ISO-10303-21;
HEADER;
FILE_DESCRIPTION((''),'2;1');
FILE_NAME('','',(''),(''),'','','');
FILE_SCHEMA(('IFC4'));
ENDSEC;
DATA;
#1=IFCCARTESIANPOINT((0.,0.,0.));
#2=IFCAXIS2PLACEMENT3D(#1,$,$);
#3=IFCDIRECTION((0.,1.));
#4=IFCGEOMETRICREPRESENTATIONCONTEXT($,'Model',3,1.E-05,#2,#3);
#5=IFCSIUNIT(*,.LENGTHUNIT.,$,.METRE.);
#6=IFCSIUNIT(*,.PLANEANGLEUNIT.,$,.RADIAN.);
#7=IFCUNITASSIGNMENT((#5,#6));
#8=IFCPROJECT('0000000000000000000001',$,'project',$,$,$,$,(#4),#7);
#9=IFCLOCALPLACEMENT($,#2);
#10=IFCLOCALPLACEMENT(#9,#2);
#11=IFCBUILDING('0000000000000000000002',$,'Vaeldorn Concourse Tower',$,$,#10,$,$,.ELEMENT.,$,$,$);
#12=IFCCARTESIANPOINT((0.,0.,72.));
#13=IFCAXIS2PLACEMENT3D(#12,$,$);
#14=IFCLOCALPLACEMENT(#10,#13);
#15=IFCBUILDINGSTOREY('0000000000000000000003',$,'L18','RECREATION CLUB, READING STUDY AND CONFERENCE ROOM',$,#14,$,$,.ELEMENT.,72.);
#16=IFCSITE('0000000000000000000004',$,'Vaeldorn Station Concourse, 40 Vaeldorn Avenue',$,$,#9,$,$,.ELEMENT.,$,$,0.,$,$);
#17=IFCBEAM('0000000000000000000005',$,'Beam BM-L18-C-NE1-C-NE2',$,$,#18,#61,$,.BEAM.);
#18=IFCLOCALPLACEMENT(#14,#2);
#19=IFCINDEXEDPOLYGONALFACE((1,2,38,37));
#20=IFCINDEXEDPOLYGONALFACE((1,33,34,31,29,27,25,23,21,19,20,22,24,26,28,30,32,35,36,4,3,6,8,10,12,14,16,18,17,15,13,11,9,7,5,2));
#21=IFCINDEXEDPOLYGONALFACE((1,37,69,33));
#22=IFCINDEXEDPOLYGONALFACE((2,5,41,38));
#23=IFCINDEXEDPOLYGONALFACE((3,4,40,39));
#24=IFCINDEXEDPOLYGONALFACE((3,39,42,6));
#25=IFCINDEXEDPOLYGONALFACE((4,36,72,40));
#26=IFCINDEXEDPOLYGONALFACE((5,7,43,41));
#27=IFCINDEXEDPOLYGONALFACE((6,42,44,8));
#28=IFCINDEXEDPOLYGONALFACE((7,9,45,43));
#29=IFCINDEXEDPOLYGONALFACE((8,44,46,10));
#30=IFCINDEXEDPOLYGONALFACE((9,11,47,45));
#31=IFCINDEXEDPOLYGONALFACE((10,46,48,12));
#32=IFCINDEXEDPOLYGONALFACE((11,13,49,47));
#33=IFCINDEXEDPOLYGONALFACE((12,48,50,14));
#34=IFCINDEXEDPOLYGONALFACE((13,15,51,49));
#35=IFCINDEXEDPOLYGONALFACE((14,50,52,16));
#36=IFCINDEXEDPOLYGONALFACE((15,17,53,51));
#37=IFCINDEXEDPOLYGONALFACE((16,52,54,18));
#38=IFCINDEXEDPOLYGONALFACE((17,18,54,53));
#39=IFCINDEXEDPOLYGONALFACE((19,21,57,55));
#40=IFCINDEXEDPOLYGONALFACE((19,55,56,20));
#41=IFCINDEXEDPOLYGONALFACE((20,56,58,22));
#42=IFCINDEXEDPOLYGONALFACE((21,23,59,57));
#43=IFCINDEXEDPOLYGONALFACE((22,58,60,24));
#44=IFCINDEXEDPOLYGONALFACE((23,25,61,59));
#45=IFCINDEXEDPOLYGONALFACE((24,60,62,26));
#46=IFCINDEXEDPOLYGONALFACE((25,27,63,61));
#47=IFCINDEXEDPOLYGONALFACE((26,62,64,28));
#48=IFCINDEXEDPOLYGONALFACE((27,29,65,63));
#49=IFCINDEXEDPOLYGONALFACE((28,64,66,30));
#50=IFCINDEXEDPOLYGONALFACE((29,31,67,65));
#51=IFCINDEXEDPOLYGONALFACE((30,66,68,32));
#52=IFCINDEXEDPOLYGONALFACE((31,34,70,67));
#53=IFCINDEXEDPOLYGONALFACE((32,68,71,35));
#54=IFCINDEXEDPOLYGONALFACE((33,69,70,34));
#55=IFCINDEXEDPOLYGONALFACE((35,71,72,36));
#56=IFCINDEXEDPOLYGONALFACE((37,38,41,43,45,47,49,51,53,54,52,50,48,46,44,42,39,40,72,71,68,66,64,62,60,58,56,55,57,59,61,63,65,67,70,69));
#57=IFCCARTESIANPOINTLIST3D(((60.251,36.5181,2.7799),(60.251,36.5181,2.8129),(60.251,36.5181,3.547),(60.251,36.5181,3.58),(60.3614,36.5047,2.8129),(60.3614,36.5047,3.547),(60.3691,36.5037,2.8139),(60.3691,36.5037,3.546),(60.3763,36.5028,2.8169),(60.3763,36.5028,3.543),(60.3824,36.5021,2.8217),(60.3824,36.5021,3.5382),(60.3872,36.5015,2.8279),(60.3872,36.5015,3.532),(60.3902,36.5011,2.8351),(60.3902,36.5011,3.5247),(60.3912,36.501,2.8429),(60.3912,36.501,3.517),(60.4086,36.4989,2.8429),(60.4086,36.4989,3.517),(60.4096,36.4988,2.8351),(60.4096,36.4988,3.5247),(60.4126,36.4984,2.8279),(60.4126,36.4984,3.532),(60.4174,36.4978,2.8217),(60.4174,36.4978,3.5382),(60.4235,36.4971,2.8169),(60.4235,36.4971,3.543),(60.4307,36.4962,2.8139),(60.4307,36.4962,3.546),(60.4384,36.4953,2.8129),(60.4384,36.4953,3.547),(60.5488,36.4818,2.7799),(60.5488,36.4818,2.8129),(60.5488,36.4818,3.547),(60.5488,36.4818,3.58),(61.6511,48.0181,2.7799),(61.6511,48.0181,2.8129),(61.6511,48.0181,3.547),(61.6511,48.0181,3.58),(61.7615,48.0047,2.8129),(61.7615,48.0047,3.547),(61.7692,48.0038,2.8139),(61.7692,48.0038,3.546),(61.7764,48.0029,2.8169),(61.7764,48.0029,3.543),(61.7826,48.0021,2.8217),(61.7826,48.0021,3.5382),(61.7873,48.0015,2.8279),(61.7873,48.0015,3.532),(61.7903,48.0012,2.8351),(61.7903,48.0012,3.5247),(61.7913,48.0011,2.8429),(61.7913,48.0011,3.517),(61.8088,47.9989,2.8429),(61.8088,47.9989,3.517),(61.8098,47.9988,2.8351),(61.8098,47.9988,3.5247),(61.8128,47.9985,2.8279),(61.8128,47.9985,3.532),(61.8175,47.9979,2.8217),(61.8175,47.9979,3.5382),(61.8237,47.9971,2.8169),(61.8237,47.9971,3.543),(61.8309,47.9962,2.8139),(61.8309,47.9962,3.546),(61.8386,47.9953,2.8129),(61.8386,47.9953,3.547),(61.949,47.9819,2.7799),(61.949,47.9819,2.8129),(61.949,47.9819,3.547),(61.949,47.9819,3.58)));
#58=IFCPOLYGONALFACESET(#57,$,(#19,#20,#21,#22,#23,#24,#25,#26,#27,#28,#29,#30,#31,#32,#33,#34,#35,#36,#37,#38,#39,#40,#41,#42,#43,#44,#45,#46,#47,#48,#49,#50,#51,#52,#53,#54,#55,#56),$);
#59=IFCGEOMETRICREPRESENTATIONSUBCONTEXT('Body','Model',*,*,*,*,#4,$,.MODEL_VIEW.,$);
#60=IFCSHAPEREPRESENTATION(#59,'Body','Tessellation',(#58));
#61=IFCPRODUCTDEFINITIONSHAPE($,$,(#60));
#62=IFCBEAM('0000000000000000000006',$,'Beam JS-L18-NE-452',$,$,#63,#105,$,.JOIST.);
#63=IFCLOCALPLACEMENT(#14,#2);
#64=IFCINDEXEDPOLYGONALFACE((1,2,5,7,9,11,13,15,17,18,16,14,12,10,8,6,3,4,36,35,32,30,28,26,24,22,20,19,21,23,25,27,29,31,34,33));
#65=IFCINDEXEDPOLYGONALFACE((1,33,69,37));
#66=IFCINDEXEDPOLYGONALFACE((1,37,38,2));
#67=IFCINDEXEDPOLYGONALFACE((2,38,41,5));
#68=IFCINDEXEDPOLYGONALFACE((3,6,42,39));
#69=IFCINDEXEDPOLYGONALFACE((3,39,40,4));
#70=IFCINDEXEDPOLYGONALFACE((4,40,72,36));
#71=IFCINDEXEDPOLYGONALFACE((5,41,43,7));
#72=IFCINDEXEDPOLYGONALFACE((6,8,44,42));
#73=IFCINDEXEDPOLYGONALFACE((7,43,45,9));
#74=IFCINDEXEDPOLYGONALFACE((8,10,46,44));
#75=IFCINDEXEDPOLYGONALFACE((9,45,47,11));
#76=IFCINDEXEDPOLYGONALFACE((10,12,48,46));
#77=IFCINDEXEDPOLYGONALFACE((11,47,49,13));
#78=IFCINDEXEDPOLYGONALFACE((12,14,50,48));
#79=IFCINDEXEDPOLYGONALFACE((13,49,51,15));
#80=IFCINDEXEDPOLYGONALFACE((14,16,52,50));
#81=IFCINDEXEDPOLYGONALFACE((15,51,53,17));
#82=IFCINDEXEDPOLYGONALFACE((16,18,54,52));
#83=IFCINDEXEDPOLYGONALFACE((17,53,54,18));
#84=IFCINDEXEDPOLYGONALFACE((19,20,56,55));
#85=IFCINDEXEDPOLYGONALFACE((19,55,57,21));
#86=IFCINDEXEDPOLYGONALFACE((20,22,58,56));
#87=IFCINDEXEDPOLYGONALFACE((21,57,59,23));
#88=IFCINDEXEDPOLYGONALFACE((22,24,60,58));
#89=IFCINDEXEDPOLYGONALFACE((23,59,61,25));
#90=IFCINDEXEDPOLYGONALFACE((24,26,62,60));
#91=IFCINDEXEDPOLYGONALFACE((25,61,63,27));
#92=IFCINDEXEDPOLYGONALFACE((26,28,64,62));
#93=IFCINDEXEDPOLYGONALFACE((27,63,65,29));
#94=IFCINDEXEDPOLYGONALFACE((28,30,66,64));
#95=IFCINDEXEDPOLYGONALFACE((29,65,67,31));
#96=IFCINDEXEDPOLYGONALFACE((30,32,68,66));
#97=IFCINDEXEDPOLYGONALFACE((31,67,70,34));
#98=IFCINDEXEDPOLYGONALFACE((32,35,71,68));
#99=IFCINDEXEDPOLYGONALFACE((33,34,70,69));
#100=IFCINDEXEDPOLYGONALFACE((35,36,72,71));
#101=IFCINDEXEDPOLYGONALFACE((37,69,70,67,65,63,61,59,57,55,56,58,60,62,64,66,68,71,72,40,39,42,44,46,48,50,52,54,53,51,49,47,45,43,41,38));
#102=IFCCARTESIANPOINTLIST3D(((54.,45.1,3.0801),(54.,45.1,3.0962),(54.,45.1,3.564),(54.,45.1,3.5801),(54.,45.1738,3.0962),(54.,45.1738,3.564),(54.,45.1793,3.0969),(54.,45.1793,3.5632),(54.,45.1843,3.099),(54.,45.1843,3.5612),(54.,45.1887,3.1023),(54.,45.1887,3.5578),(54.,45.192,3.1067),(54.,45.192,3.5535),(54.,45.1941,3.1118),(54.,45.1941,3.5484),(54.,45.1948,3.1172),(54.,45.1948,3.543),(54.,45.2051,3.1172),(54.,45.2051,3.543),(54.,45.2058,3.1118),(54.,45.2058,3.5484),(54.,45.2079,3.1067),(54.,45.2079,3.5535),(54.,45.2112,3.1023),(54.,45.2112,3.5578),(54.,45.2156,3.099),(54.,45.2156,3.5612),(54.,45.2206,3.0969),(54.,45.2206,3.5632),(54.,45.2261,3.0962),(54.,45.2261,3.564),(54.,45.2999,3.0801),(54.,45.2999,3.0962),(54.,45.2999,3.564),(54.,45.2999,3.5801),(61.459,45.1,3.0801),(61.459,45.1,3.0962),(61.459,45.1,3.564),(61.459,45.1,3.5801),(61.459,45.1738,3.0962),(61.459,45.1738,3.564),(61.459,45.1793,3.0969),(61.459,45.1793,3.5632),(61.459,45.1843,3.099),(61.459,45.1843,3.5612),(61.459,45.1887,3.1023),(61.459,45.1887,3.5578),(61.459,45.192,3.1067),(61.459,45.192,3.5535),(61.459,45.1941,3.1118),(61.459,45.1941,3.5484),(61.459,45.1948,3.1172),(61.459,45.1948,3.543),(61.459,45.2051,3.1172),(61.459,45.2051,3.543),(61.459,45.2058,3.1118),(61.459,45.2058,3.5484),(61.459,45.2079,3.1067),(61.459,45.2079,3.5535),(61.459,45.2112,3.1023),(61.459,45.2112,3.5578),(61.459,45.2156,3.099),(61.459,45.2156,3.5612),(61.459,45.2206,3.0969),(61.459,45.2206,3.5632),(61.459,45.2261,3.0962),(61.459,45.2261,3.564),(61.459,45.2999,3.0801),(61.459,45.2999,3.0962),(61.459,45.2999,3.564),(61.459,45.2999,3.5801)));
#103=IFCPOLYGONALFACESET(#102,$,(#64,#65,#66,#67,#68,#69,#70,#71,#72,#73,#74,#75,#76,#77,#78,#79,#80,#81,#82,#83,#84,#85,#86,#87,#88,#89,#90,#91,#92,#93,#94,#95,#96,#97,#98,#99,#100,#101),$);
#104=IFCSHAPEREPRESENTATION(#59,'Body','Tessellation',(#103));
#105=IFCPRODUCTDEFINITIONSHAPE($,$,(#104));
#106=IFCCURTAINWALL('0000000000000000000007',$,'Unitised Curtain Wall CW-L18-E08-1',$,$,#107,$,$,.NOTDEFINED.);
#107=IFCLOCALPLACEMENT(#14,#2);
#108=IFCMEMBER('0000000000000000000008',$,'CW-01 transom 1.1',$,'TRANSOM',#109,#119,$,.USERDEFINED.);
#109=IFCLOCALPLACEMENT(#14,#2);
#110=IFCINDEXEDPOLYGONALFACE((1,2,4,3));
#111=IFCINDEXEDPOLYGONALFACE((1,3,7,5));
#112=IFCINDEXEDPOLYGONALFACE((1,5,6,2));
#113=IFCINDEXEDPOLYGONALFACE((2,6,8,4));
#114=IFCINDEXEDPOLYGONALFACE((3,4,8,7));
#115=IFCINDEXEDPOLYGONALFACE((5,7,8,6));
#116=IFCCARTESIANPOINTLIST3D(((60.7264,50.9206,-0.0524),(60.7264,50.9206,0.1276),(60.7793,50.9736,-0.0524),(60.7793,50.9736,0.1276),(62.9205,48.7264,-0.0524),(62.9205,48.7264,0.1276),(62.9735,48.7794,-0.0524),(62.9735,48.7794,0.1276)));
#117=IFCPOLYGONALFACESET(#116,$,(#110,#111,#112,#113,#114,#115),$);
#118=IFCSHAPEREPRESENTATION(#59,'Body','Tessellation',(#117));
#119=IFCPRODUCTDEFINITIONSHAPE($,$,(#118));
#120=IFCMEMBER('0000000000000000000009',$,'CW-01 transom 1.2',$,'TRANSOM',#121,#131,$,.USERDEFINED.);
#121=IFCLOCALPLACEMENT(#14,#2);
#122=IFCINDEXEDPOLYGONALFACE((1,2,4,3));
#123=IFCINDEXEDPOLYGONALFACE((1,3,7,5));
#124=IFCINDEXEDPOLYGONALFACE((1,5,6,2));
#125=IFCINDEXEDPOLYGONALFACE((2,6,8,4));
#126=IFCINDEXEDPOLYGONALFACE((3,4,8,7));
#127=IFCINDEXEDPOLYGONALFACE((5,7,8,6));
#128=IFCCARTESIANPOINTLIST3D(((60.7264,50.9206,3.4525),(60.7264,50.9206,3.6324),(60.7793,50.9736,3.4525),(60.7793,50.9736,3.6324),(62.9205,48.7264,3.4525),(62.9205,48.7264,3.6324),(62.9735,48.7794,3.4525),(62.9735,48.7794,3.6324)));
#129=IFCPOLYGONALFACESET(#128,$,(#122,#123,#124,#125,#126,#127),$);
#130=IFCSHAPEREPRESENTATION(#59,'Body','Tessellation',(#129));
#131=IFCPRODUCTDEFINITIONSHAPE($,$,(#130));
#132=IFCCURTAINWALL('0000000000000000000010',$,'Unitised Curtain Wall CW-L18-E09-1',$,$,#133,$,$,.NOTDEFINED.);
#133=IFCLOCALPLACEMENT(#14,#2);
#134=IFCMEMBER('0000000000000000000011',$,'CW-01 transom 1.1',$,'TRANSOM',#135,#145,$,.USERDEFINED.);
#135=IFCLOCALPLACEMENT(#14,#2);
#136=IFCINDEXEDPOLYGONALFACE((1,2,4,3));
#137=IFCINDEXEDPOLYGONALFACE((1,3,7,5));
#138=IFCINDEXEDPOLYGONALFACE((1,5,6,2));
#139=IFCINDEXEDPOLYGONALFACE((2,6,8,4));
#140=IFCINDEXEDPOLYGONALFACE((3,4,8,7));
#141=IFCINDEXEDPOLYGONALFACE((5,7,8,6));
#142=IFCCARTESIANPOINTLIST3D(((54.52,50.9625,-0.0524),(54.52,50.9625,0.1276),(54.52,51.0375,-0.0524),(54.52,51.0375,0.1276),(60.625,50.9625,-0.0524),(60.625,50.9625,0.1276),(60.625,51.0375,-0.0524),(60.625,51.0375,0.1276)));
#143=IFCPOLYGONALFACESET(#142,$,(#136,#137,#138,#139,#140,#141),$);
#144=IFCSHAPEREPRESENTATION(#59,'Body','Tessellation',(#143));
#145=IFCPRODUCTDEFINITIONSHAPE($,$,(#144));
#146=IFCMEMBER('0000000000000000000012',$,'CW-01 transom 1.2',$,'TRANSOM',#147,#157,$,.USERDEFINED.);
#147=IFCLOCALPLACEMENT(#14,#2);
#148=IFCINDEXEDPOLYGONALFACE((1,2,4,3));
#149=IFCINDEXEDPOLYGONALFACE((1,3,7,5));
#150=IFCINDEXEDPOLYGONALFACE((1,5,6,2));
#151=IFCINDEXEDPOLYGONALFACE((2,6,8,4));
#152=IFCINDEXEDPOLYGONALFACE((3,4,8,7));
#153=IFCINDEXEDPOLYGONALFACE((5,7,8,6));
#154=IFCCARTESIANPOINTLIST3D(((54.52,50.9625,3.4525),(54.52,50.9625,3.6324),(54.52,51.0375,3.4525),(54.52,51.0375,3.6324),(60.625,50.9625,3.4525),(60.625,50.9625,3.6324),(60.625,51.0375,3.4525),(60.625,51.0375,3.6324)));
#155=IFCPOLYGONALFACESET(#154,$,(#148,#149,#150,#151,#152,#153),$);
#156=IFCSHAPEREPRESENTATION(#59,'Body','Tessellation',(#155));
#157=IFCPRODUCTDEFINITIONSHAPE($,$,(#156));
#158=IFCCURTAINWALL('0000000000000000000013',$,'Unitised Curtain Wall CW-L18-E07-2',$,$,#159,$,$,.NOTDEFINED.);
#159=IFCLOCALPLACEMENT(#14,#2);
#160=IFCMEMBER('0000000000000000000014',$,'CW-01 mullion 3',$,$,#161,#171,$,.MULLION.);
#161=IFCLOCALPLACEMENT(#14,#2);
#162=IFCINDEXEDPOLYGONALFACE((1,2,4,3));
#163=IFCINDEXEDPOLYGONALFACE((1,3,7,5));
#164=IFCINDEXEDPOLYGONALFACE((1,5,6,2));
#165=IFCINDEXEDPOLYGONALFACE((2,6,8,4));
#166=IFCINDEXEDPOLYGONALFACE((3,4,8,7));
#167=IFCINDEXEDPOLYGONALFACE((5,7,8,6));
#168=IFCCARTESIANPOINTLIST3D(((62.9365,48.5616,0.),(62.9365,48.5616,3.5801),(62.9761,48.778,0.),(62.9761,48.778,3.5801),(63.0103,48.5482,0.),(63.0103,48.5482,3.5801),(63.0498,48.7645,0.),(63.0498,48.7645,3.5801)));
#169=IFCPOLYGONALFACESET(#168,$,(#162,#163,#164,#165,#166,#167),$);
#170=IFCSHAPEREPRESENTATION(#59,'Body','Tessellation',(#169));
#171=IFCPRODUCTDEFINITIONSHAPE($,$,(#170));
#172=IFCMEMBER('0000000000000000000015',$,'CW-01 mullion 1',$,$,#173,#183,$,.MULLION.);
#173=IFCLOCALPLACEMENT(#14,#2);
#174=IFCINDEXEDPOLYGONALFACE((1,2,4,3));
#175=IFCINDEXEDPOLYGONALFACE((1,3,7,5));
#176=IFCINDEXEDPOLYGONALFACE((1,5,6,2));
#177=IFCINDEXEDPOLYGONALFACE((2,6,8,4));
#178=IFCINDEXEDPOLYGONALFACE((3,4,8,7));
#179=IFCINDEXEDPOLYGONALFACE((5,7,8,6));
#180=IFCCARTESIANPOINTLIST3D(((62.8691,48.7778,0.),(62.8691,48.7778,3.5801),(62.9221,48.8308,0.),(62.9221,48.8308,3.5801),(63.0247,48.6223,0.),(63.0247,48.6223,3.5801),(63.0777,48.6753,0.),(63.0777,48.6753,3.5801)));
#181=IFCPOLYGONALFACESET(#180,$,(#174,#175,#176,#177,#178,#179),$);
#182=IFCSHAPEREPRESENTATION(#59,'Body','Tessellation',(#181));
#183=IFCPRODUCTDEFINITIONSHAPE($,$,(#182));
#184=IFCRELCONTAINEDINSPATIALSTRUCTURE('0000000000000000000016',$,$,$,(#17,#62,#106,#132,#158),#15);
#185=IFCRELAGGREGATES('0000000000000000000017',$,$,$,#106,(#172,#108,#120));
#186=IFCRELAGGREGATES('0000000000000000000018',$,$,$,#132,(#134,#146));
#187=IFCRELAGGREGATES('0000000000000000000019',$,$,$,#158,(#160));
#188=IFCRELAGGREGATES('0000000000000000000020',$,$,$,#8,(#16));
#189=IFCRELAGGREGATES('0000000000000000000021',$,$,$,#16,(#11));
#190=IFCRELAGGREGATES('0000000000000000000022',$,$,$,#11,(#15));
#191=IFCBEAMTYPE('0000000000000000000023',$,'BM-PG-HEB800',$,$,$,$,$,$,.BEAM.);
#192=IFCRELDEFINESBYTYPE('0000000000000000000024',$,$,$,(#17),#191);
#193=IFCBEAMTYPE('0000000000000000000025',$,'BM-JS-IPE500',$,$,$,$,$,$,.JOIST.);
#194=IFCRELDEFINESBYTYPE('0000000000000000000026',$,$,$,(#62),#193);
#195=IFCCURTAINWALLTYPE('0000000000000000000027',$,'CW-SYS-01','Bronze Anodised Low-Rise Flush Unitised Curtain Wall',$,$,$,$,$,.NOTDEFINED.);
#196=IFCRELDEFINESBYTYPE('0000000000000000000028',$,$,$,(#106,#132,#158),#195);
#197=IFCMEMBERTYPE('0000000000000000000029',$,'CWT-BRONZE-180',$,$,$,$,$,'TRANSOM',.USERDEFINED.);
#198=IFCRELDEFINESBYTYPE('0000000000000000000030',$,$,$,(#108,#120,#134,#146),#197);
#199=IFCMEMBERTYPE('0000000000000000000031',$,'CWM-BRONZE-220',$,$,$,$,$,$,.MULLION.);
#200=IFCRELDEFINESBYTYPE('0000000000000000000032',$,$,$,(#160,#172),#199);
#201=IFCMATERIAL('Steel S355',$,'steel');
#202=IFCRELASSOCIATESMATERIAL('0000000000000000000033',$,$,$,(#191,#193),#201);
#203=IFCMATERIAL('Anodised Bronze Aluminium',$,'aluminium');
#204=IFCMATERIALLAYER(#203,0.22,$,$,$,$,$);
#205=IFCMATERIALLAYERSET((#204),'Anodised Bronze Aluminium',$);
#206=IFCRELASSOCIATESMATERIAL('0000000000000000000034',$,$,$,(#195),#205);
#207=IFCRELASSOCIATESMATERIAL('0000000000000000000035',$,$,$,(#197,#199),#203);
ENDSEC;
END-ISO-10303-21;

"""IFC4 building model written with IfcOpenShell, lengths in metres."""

from ifc_helpers import new_model, si_unit, direction, frame, origin, origin_2d, place, context, subcontext, project, spatial, rectangle, i_section, extrude, source, transform, mapped, material, layer, layer_set, material_profile, profile_set, type_object, element, aggregate, save


model = new_model("IFC4")

# Units and contexts
model_context = context("Model", 3, precision=1e-05, world=origin(), true_north=direction((0.0, 1.0)))
body_context = subcontext(model_context, "Body", "Model", "MODEL_VIEW")
ifc_project = project(units=[si_unit("LENGTHUNIT", "METRE"), si_unit("PLANEANGLEUNIT", "RADIAN")], contexts=[model_context])

# Site, building, storey
site_placement = place(None, origin())
site = spatial("IfcSite", under=ifc_project, at=site_placement, Name="Vaeldorn Station Concourse, 40 Vaeldorn Avenue", CompositionType="ELEMENT", RefElevation=0.0)
building_placement = place(site_placement, origin())
building = spatial("IfcBuilding", under=site, at=building_placement, Name="Vaeldorn Concourse Tower", CompositionType="ELEMENT")
storey_placement = place(building_placement, frame((0.0, 0.0, 72.0)))
storey = spatial("IfcBuildingStorey", under=building, at=storey_placement, Name="L18", Description="RECREATION CLUB, READING STUDY AND CONFERENCE ROOM", CompositionType="ELEMENT", Elevation=72.0)

# Beams
ifc_material_1 = material(Name="Steel S355", Category="steel")
ifc_material_profile_1 = material_profile(ifc_material_1, i_section(OverallWidth=0.3, OverallDepth=0.8, WebThickness=0.0176, FlangeThickness=0.033, FilletRadius=0.03, at=origin_2d()), Name="HEB 800")
ifc_profile_set_1 = profile_set([ifc_material_profile_1], Name="Steel S355")
beam_type_1 = type_object("IfcBeamType", Name="BM-PG-HEB800", PredefinedType="BEAM", material=ifc_profile_set_1)
shared_shape_1 = source(origin(), body_context, "Body", "SweptSolid", [
    extrude(i_section(OverallWidth=0.3, OverallDepth=0.8, WebThickness=0.0176, FlangeThickness=0.033, FilletRadius=0.03, at=origin_2d()), origin(), (0.0, 0.0, 1.0), 11.585),
])
beam_1_placement = place(storey_placement, frame((61.8, 48.0, 3.1799), z_axis=(-0.120859, -0.99267, 0.0), x_axis=(0.99267, -0.120859, 0.0)))
element("IfcBeam", 1, at=beam_1_placement, inside=storey, type_object=beam_type_1, Name="Beam BM-L18-C-NE1-C-NE2", PredefinedType="BEAM", context=body_context, shape_type="MappedRepresentation", body=[
    mapped(shared_shape_1, transform((0.0, 0.0, 0.0), scale=1.0)),
])
ifc_material_profile_2 = material_profile(ifc_material_1, i_section(OverallWidth=0.2, OverallDepth=0.5, WebThickness=0.0103, FlangeThickness=0.0161, FilletRadius=0.021, at=origin_2d()), Name="IPE 500")
ifc_profile_set_2 = profile_set([ifc_material_profile_2], Name="Steel S355")
beam_type_2 = type_object("IfcBeamType", Name="BM-JS-IPE500", PredefinedType="JOIST", material=ifc_profile_set_2)
shared_shape_2 = source(origin(), body_context, "Body", "SweptSolid", [
    extrude(i_section(OverallWidth=0.2, OverallDepth=0.5, WebThickness=0.0103, FlangeThickness=0.0161, FilletRadius=0.021, at=origin_2d()), origin(), (0.0, 0.0, 1.0), 7.459),
])
beam_2_placement = place(storey_placement, frame((54.0, 45.2, 3.3301), z_axis=(1.0, 0.0, 0.0), x_axis=(0.0, 1.0, 0.0)))
element("IfcBeam", 2, at=beam_2_placement, inside=storey, type_object=beam_type_2, Name="Beam JS-L18-NE-452", PredefinedType="JOIST", context=body_context, shape_type="MappedRepresentation", body=[
    mapped(shared_shape_2, transform((0.0, 0.0, 0.0), scale=1.0)),
])

# Curtain walls, members
ifc_material_2 = material(Name="Anodised Bronze Aluminium", Category="aluminium")
ifc_layer_1 = layer(ifc_material_2, 0.22)
ifc_layer_set_1 = layer_set([ifc_layer_1], Name="Anodised Bronze Aluminium")
curtain_wall_type = type_object("IfcCurtainWallType", Name="CW-SYS-01", Description="Bronze Anodised Low-Rise Flush Unitised Curtain Wall", PredefinedType="NOTDEFINED", material=ifc_layer_set_1)
curtain_wall_1_placement = place(storey_placement, origin())
curtain_wall_1 = element("IfcCurtainWall", 3, at=curtain_wall_1_placement, inside=storey, type_object=curtain_wall_type, Name="Unitised Curtain Wall CW-L18-E08-1", PredefinedType="NOTDEFINED")
ifc_material_profile_3 = material_profile(ifc_material_2, rectangle(XDim=0.075, YDim=0.1799, at=origin_2d()), Name="CWT 75x180")
ifc_profile_set_3 = profile_set([ifc_material_profile_3], Name="Anodised Bronze Aluminium")
member_type_1 = type_object("IfcMemberType", Name="CWT-BRONZE-180", ElementType="TRANSOM", PredefinedType="USERDEFINED", material=ifc_profile_set_3)
shared_shape_3 = source(origin(), body_context, "Body", "SweptSolid", [
    extrude(rectangle(XDim=0.075, YDim=0.1799, at=origin_2d()), origin(), (0.0, 0.0, 1.0), 3.103),
])
member_1_placement = place(storey_placement, frame((62.947, 48.7529, 0.0376), z_axis=(-0.707107, 0.707107, 0.0), x_axis=(-0.707107, -0.707107, 0.0)))
member_1 = element("IfcMember", 4, at=member_1_placement, type_object=member_type_1, Name="CW-01 transom 1.1", ObjectType="TRANSOM", PredefinedType="USERDEFINED", context=body_context, shape_type="MappedRepresentation", body=[
    mapped(shared_shape_3, transform((0.0, 0.0, 0.0), scale=1.0)),
])
member_2_placement = place(storey_placement, frame((62.947, 48.7529, 3.5425), z_axis=(-0.707107, 0.707107, 0.0), x_axis=(-0.707107, -0.707107, 0.0)))
member_2 = element("IfcMember", 5, at=member_2_placement, type_object=member_type_1, Name="CW-01 transom 1.2", ObjectType="TRANSOM", PredefinedType="USERDEFINED", context=body_context, shape_type="MappedRepresentation", body=[
    mapped(shared_shape_3, transform((0.0, 0.0, 0.0), scale=1.0)),
])
curtain_wall_2_placement = place(storey_placement, origin())
curtain_wall_2 = element("IfcCurtainWall", 6, at=curtain_wall_2_placement, inside=storey, type_object=curtain_wall_type, Name="Unitised Curtain Wall CW-L18-E09-1", PredefinedType="NOTDEFINED")
shared_shape_4 = source(origin(), body_context, "Body", "SweptSolid", [
    extrude(rectangle(XDim=0.075, YDim=0.1799, at=origin_2d()), origin(), (0.0, 0.0, 1.0), 6.105),
])
member_3_placement = place(storey_placement, frame((60.625, 51.0, 0.0376), z_axis=(-1.0, 0.0, 0.0), x_axis=(0.0, -1.0, 0.0)))
member_3 = element("IfcMember", 7, at=member_3_placement, type_object=member_type_1, Name="CW-01 transom 1.1", ObjectType="TRANSOM", PredefinedType="USERDEFINED", context=body_context, shape_type="MappedRepresentation", body=[
    mapped(shared_shape_4, transform((0.0, 0.0, 0.0), scale=1.0)),
])
member_4_placement = place(storey_placement, frame((60.625, 51.0, 3.5425), z_axis=(-1.0, 0.0, 0.0), x_axis=(0.0, -1.0, 0.0)))
member_4 = element("IfcMember", 8, at=member_4_placement, type_object=member_type_1, Name="CW-01 transom 1.2", ObjectType="TRANSOM", PredefinedType="USERDEFINED", context=body_context, shape_type="MappedRepresentation", body=[
    mapped(shared_shape_4, transform((0.0, 0.0, 0.0), scale=1.0)),
])

# Curtain wall, member
curtain_wall_3_placement = place(storey_placement, origin())
curtain_wall_3 = element("IfcCurtainWall", 9, at=curtain_wall_3_placement, inside=storey, type_object=curtain_wall_type, Name="Unitised Curtain Wall CW-L18-E07-2", PredefinedType="NOTDEFINED")
ifc_material_profile_4 = material_profile(ifc_material_2, rectangle(XDim=0.075, YDim=0.22, at=origin_2d()), Name="CWM 75x220")
ifc_profile_set_4 = profile_set([ifc_material_profile_4], Name="Anodised Bronze Aluminium")
member_type_2 = type_object("IfcMemberType", Name="CWM-BRONZE-220", PredefinedType="MULLION", material=ifc_profile_set_4)
shared_shape_5 = source(origin(), body_context, "Body", "SweptSolid", [
    extrude(rectangle(XDim=0.075, YDim=0.22, at=origin_2d()), origin(), (0.0, 0.0, 1.0), 3.5801),
])
member_5_placement = place(storey_placement, frame((62.9932, 48.6631, 0.0), z_axis=(0.0, 0.0, 1.0), x_axis=(-0.98373, 0.179655, 0.0)))
member_5 = element("IfcMember", 10, at=member_5_placement, type_object=member_type_2, Name="CW-01 mullion 3", PredefinedType="MULLION", context=body_context, shape_type="MappedRepresentation", body=[
    mapped(shared_shape_5, transform((0.0, 0.0, 0.0), scale=1.0)),
])

# Member
member_6_placement = place(storey_placement, frame((62.9734, 48.7266, 0.0), z_axis=(0.0, 0.0, 1.0), x_axis=(-0.707107, -0.707107, 0.0)))
member_6 = element("IfcMember", 11, at=member_6_placement, type_object=member_type_2, Name="CW-01 mullion 1", PredefinedType="MULLION", context=body_context, shape_type="MappedRepresentation", body=[
    mapped(shared_shape_5, transform((0.0, 0.0, 0.0), scale=1.0)),
])

aggregate(curtain_wall_1, [member_6, member_1, member_2])
aggregate(curtain_wall_2, [member_3, member_4])
aggregate(curtain_wall_3, [member_5])

save(model, "model.ifc")
